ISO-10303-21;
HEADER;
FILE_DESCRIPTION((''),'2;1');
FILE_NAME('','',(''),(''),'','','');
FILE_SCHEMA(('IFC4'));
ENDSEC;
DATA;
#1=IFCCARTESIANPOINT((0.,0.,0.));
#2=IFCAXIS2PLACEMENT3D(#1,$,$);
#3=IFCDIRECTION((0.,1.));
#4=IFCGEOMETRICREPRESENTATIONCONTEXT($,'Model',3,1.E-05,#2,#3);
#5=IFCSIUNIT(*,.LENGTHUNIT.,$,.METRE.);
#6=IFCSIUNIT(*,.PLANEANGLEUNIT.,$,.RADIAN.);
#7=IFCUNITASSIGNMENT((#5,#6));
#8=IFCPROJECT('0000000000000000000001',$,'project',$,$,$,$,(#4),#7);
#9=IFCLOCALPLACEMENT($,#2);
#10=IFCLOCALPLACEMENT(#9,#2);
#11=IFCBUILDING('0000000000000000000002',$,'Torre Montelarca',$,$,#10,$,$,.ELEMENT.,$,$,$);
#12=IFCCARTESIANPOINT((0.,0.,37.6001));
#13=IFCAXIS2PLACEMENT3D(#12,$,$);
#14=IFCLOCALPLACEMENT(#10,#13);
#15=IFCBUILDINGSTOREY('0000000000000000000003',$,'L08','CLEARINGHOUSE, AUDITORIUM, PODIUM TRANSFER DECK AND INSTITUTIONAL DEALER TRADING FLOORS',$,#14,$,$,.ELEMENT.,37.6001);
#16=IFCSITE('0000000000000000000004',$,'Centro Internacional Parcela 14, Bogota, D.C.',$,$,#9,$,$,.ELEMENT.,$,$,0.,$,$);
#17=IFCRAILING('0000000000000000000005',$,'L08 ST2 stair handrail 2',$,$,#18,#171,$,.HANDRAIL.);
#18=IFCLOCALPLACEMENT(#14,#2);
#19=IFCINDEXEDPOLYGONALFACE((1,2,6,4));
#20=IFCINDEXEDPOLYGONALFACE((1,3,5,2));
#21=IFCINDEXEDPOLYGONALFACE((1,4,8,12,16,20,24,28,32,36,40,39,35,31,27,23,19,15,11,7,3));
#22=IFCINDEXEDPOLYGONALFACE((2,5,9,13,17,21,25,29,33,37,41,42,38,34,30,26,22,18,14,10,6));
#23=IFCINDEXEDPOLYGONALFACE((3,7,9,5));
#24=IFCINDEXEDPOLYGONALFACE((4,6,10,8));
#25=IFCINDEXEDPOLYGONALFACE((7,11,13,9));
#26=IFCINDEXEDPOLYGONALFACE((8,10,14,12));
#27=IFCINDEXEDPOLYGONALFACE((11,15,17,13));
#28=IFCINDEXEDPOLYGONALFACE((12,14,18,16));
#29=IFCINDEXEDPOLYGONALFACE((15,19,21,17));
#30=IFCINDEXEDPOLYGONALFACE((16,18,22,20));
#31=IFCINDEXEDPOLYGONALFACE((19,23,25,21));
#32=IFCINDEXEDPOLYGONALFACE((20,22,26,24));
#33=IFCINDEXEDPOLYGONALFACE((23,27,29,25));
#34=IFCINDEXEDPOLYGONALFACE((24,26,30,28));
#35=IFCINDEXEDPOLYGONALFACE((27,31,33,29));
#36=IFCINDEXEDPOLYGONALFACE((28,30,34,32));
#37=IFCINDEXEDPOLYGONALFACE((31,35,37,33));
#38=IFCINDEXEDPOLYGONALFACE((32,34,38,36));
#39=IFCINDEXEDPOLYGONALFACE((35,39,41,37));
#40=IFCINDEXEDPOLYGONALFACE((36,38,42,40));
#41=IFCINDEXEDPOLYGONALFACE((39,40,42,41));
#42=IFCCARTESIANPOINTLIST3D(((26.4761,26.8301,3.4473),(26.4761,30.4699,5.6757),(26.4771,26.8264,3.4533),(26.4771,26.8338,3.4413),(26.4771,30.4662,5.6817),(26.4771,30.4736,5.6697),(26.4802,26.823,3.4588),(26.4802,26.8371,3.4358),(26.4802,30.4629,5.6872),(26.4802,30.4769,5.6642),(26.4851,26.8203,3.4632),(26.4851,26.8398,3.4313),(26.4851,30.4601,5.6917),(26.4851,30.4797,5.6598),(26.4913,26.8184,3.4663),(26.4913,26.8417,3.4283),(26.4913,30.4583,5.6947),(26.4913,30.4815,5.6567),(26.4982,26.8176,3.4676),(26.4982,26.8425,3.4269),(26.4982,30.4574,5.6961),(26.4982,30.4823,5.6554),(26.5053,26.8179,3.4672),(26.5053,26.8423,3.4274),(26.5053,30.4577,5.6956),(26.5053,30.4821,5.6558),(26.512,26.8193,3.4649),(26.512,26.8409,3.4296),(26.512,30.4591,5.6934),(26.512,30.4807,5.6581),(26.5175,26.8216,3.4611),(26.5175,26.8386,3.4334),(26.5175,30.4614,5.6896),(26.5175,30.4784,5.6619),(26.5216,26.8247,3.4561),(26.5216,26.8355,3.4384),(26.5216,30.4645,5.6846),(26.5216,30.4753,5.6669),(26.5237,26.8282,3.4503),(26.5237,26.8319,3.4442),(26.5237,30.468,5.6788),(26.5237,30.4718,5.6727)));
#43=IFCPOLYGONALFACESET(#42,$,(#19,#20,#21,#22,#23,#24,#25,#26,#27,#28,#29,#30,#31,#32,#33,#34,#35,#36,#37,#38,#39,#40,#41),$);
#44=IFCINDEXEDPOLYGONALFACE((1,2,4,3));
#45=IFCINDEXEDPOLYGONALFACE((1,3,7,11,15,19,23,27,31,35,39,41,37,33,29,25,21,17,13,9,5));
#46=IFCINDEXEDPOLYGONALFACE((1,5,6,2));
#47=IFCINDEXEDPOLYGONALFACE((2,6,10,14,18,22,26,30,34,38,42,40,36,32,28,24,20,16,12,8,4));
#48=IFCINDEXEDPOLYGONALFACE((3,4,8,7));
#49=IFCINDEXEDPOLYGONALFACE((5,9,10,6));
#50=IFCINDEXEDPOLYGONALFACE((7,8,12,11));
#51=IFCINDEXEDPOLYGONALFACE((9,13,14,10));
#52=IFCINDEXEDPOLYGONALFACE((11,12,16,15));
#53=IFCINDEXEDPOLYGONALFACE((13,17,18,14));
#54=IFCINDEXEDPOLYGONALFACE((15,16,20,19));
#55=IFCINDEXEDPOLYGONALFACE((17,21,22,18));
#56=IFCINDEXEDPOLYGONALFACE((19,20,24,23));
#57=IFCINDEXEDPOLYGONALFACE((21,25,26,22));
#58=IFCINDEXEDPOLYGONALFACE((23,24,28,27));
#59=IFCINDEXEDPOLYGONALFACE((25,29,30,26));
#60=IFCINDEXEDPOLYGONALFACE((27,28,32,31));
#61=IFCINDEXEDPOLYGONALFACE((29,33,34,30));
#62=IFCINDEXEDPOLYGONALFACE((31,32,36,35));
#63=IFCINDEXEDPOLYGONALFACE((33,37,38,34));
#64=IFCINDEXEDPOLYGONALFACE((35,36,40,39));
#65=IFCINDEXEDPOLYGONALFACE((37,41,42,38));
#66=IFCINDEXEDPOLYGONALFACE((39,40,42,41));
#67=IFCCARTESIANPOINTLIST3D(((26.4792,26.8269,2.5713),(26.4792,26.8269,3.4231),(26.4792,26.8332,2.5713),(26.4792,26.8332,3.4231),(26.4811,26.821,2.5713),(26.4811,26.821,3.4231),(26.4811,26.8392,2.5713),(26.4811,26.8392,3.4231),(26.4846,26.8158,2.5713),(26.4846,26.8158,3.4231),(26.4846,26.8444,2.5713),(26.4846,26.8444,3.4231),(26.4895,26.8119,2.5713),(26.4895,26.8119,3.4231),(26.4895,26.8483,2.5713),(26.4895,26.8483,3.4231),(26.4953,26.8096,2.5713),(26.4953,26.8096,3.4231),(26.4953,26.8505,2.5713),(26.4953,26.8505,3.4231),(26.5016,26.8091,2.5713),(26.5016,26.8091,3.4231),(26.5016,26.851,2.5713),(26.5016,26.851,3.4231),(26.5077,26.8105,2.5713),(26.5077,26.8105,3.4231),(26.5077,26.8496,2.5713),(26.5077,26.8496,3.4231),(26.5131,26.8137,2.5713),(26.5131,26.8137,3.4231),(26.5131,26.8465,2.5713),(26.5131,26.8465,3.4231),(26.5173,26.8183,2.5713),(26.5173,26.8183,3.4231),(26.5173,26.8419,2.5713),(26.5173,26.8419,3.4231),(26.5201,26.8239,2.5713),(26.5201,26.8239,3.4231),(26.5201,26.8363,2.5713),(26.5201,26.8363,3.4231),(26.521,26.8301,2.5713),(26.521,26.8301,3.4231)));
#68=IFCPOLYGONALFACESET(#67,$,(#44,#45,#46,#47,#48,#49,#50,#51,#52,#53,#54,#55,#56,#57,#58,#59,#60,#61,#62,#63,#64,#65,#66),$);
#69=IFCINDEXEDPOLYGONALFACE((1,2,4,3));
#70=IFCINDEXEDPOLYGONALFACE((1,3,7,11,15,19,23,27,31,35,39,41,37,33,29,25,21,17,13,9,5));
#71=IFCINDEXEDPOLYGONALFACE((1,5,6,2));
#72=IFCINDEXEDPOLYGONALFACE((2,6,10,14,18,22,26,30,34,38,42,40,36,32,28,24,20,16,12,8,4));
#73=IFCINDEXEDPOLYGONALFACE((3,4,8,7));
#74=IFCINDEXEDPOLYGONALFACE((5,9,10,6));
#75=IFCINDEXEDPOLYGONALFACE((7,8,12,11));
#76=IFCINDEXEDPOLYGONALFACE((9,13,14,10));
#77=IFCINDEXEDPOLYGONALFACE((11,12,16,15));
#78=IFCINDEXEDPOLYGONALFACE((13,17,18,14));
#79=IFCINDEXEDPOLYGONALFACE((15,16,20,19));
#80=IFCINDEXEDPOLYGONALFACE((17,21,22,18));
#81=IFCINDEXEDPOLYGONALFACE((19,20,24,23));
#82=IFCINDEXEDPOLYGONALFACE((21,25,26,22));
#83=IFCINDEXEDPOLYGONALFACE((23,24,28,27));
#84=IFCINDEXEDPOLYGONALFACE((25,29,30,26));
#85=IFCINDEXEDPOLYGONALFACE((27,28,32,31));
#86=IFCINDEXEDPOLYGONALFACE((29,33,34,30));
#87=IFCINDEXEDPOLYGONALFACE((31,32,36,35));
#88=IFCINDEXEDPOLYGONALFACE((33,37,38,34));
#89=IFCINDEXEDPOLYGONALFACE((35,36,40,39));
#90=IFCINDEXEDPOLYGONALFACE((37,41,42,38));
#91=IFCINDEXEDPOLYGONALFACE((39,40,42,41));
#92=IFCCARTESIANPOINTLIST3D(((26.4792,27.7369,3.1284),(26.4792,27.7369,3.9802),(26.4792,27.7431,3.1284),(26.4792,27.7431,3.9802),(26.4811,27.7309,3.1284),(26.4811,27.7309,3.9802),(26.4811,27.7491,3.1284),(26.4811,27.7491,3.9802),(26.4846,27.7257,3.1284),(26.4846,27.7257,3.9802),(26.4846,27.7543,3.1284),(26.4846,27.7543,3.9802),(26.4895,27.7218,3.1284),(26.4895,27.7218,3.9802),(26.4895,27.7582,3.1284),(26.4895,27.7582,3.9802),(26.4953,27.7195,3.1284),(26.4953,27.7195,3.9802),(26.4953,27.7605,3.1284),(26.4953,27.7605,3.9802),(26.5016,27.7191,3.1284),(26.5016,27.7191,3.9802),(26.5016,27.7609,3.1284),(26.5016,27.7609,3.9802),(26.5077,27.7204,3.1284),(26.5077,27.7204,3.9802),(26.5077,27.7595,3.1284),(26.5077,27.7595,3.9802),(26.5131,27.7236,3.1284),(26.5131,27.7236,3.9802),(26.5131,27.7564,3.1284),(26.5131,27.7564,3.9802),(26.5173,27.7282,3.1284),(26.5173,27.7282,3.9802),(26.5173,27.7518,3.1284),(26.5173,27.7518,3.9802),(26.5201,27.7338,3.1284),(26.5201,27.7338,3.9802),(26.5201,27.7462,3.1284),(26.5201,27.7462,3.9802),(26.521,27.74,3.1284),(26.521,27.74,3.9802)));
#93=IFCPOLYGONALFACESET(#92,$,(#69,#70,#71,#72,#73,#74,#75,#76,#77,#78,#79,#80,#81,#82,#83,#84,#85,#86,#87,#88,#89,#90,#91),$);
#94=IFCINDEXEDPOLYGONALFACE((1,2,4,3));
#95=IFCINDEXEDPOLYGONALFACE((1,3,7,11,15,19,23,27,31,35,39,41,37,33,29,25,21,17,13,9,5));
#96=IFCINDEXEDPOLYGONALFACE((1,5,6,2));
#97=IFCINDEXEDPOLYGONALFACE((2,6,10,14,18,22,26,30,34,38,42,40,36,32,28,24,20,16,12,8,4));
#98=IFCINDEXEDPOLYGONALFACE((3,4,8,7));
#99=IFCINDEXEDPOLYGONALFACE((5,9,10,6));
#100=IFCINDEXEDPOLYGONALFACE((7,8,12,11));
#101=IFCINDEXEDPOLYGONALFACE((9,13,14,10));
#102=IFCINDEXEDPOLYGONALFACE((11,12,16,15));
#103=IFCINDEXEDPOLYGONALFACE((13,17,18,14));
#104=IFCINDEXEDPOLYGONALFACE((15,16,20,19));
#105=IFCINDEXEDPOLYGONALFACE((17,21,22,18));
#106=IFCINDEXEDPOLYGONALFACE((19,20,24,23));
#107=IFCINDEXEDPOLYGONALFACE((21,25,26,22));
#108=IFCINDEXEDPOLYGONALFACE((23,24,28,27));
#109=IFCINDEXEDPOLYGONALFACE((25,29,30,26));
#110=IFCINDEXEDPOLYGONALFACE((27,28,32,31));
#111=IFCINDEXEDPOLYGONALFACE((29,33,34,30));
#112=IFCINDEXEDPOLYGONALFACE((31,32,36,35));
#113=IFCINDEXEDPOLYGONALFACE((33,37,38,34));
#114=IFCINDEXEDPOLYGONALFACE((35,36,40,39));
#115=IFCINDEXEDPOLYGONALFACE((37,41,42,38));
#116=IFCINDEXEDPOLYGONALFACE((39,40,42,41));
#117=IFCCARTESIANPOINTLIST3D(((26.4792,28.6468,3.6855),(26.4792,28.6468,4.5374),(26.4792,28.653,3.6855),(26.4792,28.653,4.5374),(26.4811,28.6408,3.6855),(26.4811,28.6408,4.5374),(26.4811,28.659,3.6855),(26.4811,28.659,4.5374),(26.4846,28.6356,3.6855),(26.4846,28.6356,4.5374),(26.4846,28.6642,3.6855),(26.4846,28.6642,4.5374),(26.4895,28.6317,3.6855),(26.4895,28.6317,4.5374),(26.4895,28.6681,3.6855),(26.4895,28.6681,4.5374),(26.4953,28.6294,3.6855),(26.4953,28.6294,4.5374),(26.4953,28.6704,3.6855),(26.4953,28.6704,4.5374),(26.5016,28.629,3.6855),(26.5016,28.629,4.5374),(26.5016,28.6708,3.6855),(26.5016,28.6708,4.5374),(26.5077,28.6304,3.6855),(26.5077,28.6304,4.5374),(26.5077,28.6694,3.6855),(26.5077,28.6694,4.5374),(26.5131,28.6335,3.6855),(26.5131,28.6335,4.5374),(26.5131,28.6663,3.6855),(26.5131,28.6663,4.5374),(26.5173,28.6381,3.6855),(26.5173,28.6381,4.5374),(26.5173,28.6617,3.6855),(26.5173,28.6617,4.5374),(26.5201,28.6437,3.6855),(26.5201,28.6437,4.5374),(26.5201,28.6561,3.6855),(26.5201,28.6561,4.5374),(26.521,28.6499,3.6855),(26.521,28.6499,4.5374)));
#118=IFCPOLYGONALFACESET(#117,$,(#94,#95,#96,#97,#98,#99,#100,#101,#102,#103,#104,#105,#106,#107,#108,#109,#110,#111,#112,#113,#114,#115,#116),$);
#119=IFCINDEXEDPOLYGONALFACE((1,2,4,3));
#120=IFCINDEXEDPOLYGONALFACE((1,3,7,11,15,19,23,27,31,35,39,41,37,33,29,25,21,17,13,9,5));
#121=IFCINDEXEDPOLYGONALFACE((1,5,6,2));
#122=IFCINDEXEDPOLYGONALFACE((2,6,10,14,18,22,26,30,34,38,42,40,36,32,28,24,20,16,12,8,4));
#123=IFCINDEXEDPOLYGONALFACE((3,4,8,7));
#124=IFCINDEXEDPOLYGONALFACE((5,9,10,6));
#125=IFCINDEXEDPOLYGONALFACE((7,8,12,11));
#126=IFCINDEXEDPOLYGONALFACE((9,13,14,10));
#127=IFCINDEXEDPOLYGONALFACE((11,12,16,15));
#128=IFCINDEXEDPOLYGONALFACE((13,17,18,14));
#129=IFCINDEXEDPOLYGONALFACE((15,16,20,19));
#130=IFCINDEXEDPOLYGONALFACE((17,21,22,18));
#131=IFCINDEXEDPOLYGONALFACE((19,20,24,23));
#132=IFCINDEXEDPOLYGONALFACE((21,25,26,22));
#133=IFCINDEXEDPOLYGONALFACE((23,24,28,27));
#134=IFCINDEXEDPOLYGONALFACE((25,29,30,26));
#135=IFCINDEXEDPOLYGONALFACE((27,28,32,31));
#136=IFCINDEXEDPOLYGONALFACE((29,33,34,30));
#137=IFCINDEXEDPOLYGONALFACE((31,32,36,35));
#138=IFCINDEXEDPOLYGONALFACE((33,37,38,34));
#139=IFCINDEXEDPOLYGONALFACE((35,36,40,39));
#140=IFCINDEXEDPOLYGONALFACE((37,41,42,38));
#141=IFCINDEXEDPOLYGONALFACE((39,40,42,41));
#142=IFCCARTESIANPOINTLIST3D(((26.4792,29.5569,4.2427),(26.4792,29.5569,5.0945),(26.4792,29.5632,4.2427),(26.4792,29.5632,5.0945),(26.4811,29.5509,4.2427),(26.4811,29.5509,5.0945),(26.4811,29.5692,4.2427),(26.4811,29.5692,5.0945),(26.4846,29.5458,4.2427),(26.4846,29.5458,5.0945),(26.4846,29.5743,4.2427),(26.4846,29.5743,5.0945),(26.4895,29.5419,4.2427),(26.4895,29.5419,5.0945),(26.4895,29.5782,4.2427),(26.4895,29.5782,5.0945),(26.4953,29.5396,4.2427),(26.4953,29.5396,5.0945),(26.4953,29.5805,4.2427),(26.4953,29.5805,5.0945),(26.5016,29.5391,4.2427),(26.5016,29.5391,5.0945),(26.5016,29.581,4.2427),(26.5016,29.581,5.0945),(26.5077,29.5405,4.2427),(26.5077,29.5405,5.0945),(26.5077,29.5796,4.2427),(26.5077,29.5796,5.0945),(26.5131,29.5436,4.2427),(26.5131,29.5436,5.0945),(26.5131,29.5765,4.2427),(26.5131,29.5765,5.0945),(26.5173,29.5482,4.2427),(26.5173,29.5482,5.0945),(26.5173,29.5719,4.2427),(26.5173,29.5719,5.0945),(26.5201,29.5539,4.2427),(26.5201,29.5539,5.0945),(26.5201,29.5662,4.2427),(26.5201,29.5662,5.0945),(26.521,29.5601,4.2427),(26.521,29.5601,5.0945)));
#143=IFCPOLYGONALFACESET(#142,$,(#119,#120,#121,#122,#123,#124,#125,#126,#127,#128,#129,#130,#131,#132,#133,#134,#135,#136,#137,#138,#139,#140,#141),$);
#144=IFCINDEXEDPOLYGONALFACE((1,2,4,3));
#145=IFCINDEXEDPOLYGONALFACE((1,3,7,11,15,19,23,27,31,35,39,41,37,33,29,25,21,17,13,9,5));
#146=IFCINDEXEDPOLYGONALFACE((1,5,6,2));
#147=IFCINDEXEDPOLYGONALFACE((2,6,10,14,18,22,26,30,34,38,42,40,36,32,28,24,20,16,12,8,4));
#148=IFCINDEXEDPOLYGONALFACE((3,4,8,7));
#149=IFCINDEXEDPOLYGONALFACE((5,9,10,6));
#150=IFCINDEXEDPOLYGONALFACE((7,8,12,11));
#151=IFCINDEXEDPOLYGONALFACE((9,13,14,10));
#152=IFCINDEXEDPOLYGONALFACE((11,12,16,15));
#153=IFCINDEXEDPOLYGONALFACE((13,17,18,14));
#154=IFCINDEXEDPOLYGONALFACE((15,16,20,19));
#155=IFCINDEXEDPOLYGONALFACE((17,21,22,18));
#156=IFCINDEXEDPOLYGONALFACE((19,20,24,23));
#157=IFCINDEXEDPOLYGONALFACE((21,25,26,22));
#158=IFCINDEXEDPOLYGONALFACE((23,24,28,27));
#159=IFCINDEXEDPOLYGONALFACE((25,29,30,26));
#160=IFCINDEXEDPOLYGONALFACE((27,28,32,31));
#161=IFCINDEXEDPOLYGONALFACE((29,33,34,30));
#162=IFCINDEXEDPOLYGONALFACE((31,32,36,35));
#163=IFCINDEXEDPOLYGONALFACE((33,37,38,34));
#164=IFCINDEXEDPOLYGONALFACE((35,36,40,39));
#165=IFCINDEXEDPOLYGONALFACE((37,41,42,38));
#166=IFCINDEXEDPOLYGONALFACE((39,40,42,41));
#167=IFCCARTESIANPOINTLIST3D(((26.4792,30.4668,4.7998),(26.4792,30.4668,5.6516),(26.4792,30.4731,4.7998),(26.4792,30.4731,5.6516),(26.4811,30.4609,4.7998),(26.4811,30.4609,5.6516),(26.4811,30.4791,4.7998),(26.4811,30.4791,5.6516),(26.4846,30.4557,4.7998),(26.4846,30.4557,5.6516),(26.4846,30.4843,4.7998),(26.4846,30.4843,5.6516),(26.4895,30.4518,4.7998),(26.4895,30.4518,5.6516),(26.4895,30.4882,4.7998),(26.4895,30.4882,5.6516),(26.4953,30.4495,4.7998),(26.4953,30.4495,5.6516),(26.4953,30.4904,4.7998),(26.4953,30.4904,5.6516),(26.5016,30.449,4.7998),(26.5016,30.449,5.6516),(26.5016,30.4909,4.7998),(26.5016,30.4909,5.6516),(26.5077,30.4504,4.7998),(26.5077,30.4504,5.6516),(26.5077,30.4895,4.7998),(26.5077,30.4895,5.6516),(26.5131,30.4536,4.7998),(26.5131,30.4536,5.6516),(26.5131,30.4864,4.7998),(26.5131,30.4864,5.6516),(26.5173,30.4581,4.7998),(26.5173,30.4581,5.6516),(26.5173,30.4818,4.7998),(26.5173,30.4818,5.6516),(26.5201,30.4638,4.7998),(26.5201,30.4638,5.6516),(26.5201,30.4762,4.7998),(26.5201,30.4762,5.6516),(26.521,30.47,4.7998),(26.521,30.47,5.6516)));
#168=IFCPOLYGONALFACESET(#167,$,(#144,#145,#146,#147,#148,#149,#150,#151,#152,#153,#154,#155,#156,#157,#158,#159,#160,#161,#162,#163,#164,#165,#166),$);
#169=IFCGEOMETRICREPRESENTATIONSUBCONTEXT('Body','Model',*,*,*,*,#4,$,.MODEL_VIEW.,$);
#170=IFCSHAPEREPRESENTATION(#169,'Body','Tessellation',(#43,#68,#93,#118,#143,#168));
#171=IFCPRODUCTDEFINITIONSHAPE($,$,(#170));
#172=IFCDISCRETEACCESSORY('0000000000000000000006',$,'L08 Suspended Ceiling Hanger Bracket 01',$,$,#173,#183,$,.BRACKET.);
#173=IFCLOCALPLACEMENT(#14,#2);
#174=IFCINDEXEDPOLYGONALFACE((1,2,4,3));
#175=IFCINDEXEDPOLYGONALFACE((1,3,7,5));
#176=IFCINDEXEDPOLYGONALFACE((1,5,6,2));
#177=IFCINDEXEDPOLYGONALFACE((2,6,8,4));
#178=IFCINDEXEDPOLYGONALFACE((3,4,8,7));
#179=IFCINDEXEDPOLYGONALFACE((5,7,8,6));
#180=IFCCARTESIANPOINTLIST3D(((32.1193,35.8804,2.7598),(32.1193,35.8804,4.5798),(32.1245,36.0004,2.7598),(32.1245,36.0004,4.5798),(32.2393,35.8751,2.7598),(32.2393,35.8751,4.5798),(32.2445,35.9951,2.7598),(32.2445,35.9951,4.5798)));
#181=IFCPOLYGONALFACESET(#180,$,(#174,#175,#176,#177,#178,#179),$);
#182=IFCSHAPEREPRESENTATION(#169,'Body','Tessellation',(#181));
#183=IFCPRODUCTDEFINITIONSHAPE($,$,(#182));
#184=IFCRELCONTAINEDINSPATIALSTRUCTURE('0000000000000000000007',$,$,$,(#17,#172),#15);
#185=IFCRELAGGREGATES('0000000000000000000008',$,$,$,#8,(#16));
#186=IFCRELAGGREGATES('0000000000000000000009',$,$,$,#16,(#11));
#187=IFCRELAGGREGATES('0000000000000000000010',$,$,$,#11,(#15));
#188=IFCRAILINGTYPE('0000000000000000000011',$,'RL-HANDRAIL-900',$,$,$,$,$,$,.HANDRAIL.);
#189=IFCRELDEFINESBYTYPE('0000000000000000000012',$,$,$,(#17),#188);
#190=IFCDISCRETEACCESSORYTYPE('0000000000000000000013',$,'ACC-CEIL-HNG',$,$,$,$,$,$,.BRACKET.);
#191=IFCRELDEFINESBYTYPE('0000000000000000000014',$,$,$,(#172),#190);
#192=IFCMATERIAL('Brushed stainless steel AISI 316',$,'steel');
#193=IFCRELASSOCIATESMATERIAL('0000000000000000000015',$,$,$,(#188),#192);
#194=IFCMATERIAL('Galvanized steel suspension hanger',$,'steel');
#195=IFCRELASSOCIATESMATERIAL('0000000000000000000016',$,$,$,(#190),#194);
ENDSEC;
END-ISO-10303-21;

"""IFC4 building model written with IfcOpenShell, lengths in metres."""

from ifc_helpers import new_model, si_unit, direction, frame, origin, origin_2d, place, context, subcontext, project, spatial, rectangle, circle, extrude, source, transform, mapped, material, type_object, element, save


model = new_model("IFC4")

# Units and contexts
model_context = context("Model", 3, precision=1e-05, world=origin(), true_north=direction((0.0, 1.0)))
body_context = subcontext(model_context, "Body", "Model", "MODEL_VIEW")
ifc_project = project(units=[si_unit("LENGTHUNIT", "METRE"), si_unit("PLANEANGLEUNIT", "RADIAN")], contexts=[model_context])

# Site, building, storey
site_placement = place(None, origin())
site = spatial("IfcSite", under=ifc_project, at=site_placement, Name="Centro Internacional Parcela 14, Bogota, D.C.", CompositionType="ELEMENT", RefElevation=0.0)
building_placement = place(site_placement, origin())
building = spatial("IfcBuilding", under=site, at=building_placement, Name="Torre Montelarca", CompositionType="ELEMENT")
storey_placement = place(building_placement, frame((0.0, 0.0, 37.6001)))
storey = spatial("IfcBuildingStorey", under=building, at=storey_placement, Name="L08", Description="CLEARINGHOUSE, AUDITORIUM, PODIUM TRANSFER DECK AND INSTITUTIONAL DEALER TRADING FLOORS", CompositionType="ELEMENT", Elevation=37.6001)

# Shared definitions
ifc_material_1 = material(Name="Brushed stainless steel AISI 316", Category="steel")

# Railing
railing_type_1 = type_object("IfcRailingType", Name="RL-HANDRAIL-900", PredefinedType="HANDRAIL", material=ifc_material_1)
railing_1_placement = place(storey_placement, frame((26.5, 26.8301, 2.5713)))
element("IfcRailing", 1, at=railing_1_placement, inside=storey, type_object=railing_type_1, Name="L08 ST2 stair handrail 2", PredefinedType="HANDRAIL", context=body_context, shape_type="SweptSolid", body=[
    extrude(circle(Radius=0.0239, at=origin_2d()), frame((0.0, 0.0, 0.876), z_axis=(0.0, 0.85285, 0.522156), x_axis=(-1.0, 0.0, 0.0)), (0.0, 0.0, 1.0), 4.2678),
    extrude(circle(Radius=0.021, at=origin_2d()), origin(), (0.0, 0.0, 1.0), 0.8518),
    extrude(circle(Radius=0.021, at=origin_2d()), frame((0.0, 0.9099, 0.5571)), (0.0, 0.0, 1.0), 0.8518),
    extrude(circle(Radius=0.021, at=origin_2d()), frame((0.0, 1.8198, 1.1143)), (0.0, 0.0, 1.0), 0.8518),
    extrude(circle(Radius=0.021, at=origin_2d()), frame((0.0, 2.73, 1.6714)), (0.0, 0.0, 1.0), 0.8518),
    extrude(circle(Radius=0.021, at=origin_2d()), frame((0.0, 3.6399, 2.2285)), (0.0, 0.0, 1.0), 0.8518),
])

# Discrete accessory
ifc_material_2 = material(Name="Galvanized steel suspension hanger", Category="steel")
discrete_accessory_type = type_object("IfcDiscreteAccessoryType", Name="ACC-CEIL-HNG", PredefinedType="BRACKET", material=ifc_material_2)
shared_shape_1 = source(origin(), body_context, "Body", "SweptSolid", [
    extrude(rectangle(XDim=0.1201, YDim=0.1201, at=origin_2d()), origin(), (0.0, 0.0, 1.0), 1.8201),
])
discrete_accessory_placement = place(storey_placement, frame((32.1819, 35.9377, 2.7598), z_axis=(0.0, 0.0, 1.0), x_axis=(-0.999048, 0.043619, 0.0)))
element("IfcDiscreteAccessory", 2, at=discrete_accessory_placement, inside=storey, type_object=discrete_accessory_type, Name="L08 Suspended Ceiling Hanger Bracket 01", PredefinedType="BRACKET", context=body_context, shape_type="MappedRepresentation", body=[
    mapped(shared_shape_1, transform((0.0, 0.0, 0.0), scale=1.0)),
])

save(model, "model.ifc")
